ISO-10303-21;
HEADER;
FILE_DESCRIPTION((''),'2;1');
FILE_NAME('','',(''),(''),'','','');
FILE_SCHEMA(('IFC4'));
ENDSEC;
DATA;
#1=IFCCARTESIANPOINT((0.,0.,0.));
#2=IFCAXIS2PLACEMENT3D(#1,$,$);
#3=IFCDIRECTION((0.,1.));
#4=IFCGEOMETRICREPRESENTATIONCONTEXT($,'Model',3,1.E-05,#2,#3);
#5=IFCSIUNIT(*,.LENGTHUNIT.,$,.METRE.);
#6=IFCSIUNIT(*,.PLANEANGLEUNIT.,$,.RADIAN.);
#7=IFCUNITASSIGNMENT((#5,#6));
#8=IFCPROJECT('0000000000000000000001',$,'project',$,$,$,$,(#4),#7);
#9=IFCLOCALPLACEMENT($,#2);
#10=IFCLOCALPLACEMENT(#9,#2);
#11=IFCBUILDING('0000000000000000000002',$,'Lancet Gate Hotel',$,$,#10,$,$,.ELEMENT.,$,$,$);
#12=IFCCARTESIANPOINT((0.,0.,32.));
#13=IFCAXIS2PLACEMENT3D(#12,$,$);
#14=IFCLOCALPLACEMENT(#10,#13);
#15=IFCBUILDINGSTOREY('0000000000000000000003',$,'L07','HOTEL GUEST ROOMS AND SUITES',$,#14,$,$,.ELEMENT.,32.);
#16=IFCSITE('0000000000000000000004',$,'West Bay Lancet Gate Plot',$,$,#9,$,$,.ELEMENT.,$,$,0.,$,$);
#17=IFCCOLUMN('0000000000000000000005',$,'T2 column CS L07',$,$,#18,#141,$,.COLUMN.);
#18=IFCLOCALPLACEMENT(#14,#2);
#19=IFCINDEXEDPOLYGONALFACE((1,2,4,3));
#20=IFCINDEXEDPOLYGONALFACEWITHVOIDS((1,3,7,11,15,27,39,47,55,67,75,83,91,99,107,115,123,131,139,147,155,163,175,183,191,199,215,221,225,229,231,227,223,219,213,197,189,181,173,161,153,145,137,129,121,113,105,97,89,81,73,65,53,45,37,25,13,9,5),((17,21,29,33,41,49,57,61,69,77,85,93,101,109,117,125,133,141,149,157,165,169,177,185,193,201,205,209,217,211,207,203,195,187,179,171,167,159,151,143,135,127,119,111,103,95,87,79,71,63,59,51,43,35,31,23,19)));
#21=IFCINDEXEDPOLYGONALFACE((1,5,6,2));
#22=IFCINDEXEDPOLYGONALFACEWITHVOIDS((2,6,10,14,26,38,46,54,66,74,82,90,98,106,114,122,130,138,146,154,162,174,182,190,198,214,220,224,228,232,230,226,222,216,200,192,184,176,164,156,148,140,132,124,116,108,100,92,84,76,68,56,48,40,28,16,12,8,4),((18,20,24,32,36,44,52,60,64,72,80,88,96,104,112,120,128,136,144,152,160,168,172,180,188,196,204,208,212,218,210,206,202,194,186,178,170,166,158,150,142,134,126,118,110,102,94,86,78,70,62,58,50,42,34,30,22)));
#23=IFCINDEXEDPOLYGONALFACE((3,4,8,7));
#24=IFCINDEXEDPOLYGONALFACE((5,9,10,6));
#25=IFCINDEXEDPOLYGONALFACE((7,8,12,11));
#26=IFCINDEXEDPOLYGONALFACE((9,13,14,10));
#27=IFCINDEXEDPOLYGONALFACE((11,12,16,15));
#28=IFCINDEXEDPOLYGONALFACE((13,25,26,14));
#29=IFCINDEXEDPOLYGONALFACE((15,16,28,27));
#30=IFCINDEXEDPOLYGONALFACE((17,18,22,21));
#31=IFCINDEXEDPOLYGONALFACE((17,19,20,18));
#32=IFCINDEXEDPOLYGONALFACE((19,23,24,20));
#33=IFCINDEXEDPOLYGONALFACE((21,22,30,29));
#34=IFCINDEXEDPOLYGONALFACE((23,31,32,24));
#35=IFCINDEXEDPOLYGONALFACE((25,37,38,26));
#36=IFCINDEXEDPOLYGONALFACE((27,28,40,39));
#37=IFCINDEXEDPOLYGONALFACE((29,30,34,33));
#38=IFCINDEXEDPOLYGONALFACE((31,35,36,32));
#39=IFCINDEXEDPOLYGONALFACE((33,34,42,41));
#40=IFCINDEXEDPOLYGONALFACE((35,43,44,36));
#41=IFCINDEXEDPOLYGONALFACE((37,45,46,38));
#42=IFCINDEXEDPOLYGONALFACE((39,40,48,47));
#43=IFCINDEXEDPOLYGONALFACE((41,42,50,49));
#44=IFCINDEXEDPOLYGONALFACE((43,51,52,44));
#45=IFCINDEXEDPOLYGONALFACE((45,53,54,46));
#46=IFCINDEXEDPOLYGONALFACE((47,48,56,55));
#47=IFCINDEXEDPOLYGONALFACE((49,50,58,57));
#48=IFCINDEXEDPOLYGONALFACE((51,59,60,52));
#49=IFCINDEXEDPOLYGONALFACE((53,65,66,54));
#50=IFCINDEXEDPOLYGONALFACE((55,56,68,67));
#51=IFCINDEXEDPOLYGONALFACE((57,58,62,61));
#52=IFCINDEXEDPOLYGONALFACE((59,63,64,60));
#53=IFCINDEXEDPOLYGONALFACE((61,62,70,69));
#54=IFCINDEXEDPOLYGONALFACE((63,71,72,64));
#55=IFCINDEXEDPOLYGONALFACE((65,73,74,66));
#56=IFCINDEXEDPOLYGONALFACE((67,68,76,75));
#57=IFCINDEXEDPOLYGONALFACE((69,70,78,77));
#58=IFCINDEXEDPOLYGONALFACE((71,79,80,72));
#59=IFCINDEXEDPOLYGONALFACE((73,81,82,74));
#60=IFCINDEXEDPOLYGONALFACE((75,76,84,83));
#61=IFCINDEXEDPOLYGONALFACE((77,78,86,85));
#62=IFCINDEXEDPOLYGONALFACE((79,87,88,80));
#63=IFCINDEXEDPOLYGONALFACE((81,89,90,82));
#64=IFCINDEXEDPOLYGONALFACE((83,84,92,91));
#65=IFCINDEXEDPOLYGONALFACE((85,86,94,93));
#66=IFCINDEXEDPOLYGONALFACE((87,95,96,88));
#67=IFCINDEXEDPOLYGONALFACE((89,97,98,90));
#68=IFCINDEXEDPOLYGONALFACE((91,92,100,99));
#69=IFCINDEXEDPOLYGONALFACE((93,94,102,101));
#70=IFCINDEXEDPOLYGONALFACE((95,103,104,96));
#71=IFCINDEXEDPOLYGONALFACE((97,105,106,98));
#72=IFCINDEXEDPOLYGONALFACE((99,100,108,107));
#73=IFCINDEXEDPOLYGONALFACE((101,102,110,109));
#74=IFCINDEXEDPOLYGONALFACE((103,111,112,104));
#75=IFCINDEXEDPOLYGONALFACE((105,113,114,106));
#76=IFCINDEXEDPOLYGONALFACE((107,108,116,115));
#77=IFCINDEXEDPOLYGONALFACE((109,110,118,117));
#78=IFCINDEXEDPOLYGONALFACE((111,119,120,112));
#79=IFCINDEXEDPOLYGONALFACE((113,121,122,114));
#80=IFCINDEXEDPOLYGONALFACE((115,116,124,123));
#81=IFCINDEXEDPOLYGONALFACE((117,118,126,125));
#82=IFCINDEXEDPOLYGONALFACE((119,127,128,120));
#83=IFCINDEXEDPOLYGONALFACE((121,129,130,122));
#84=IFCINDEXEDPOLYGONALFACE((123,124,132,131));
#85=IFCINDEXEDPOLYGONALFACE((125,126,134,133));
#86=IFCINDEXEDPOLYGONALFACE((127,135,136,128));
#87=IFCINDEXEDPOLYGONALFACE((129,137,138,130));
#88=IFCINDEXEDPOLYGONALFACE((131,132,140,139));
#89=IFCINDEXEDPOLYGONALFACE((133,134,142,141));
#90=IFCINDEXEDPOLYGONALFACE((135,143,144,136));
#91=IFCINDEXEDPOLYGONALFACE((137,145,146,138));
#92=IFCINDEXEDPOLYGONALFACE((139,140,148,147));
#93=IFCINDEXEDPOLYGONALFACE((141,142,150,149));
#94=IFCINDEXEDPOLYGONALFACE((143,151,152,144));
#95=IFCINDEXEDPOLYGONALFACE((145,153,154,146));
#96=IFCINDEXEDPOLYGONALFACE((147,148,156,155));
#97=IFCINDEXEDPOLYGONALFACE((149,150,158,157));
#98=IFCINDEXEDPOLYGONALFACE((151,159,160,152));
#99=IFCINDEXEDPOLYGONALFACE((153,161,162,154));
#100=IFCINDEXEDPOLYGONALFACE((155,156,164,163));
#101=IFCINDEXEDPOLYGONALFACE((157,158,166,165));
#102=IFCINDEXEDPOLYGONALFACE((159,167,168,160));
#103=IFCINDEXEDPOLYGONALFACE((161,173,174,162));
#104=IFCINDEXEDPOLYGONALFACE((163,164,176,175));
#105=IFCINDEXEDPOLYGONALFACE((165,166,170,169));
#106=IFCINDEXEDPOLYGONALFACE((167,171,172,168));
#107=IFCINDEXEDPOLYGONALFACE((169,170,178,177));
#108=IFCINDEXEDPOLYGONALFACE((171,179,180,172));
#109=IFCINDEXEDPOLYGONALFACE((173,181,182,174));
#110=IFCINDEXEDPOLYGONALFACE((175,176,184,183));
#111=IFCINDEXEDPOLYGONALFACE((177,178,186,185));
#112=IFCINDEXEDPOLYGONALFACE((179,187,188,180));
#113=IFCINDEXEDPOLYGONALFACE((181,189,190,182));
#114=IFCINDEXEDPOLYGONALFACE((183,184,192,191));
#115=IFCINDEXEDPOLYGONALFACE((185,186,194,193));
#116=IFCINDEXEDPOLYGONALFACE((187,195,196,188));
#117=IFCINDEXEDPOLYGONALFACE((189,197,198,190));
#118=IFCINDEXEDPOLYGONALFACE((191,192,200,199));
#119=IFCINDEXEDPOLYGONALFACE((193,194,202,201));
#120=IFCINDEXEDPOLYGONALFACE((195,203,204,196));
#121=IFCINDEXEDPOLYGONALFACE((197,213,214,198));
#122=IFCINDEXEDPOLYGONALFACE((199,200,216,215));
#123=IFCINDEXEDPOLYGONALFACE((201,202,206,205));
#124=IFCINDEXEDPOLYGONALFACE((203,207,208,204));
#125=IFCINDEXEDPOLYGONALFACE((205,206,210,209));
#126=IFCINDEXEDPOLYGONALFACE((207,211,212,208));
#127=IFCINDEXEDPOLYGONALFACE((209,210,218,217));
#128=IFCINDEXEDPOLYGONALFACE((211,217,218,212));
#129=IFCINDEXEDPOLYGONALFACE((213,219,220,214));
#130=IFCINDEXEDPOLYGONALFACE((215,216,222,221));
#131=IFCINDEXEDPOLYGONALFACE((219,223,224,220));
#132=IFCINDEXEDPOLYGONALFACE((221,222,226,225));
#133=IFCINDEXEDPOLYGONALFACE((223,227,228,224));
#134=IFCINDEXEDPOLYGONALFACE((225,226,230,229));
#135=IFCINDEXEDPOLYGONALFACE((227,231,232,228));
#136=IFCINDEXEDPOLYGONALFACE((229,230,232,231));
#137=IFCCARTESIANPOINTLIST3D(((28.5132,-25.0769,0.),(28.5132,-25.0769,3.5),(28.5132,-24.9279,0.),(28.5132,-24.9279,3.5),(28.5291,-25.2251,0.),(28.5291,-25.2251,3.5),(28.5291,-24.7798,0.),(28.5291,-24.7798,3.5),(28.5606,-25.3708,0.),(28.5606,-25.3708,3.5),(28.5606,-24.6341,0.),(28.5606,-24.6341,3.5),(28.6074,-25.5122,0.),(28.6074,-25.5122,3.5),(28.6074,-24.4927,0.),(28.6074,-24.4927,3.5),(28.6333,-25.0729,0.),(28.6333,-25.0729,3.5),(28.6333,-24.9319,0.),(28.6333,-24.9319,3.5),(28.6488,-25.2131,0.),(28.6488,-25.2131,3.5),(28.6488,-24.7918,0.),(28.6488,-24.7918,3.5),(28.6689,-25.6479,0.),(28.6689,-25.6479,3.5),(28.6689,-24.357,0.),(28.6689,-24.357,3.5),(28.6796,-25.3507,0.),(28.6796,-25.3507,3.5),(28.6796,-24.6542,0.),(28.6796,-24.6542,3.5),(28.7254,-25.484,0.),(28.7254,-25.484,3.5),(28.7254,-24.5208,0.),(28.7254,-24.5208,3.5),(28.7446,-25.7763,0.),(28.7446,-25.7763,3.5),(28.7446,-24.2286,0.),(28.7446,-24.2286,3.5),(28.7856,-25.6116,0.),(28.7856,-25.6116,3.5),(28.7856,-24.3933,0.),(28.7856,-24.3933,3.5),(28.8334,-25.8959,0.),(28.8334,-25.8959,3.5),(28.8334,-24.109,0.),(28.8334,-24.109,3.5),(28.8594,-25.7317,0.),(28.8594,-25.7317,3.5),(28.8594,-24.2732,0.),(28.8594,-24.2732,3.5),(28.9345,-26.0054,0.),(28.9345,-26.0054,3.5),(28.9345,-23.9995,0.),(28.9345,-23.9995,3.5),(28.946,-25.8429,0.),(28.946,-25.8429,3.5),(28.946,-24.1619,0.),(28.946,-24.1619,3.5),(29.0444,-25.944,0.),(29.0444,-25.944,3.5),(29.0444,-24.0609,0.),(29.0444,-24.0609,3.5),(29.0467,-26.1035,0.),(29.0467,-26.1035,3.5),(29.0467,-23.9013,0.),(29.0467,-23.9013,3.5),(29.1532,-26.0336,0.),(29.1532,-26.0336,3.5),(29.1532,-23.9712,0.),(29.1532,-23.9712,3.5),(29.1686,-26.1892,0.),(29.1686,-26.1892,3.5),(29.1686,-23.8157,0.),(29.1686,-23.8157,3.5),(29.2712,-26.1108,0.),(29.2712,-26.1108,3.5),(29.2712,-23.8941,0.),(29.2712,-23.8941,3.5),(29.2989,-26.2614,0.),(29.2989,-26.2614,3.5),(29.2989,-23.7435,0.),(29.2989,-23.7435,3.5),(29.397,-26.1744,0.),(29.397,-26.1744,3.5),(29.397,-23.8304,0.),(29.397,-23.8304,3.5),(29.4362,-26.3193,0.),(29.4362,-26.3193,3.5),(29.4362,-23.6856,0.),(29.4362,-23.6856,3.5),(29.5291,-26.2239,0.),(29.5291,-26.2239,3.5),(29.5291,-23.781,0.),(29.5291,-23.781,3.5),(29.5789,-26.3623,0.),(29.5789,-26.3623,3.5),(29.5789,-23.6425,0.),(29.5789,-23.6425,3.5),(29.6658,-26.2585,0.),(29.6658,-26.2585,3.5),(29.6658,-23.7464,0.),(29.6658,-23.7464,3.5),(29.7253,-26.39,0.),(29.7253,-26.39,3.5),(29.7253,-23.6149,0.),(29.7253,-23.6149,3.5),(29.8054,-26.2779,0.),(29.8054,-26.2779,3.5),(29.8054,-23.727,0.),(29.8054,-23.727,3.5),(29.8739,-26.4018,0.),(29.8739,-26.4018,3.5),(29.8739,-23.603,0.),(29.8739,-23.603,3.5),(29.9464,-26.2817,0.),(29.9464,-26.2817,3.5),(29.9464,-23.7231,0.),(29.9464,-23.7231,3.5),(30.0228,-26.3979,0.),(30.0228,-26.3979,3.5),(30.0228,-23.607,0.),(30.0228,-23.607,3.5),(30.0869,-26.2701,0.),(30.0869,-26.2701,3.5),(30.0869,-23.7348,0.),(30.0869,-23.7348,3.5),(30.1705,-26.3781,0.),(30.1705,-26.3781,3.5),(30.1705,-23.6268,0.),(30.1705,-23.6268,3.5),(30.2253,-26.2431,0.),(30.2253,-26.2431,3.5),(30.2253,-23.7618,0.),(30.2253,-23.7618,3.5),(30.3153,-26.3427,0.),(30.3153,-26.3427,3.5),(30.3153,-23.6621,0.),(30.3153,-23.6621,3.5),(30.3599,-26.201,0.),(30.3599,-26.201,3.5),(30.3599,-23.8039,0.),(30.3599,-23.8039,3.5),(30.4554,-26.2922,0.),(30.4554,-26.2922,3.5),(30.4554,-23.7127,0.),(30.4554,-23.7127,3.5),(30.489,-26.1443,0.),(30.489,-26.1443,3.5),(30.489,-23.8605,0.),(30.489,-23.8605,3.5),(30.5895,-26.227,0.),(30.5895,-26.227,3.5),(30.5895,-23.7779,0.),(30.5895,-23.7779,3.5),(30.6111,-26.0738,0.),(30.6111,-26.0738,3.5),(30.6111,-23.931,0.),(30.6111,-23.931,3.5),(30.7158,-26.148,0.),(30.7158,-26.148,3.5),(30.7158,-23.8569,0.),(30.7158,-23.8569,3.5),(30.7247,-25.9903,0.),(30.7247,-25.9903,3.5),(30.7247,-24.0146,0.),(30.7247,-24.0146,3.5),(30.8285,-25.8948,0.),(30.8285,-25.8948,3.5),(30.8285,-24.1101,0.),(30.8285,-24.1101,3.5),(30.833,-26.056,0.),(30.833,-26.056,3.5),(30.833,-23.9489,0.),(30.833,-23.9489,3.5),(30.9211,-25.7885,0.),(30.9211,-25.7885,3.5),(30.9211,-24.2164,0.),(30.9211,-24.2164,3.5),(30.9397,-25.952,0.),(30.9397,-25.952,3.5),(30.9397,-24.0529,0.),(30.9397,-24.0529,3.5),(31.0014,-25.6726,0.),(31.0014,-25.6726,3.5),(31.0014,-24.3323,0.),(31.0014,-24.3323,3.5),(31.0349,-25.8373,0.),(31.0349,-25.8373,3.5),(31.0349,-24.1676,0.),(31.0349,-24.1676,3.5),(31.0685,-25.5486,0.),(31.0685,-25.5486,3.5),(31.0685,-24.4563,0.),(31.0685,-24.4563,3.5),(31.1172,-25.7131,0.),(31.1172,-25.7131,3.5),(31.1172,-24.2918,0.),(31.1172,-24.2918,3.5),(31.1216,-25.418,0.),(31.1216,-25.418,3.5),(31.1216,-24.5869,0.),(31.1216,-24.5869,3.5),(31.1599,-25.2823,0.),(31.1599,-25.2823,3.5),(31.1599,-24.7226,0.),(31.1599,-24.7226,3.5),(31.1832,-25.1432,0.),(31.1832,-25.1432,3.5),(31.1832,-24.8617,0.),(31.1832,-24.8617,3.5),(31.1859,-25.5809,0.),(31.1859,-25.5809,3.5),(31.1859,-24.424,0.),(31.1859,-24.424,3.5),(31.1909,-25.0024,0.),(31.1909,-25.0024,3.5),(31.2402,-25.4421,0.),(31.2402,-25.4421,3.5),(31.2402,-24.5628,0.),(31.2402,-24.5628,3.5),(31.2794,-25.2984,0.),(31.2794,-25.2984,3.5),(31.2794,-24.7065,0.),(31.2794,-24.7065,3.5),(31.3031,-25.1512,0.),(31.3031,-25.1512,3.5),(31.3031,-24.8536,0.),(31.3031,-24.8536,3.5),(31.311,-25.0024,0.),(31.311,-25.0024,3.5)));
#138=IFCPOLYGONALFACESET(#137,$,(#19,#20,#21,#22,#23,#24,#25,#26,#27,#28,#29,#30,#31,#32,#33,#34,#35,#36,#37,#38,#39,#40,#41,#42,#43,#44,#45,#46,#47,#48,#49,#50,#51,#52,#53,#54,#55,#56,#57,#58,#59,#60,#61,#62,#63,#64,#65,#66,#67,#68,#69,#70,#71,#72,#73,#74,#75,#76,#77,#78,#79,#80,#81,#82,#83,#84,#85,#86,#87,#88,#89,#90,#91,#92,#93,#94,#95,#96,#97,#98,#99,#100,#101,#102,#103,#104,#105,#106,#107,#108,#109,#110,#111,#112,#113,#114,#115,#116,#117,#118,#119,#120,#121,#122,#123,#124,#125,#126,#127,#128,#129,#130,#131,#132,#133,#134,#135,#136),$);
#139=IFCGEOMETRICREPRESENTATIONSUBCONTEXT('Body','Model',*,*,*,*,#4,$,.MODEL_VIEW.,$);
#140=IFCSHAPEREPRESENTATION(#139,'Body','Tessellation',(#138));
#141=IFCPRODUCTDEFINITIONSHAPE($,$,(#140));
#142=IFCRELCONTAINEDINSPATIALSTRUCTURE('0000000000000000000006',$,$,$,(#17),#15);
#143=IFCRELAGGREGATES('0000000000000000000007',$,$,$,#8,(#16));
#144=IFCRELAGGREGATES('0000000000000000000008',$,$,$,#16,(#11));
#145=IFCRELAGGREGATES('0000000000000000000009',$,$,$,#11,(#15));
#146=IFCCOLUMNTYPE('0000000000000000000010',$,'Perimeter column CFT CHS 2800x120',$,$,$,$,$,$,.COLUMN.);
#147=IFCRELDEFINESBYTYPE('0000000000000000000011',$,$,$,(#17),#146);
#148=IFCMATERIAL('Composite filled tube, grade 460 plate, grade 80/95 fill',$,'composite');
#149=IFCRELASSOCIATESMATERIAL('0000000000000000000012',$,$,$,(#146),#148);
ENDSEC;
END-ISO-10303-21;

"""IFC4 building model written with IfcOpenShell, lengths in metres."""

from ifc_helpers import new_model, si_unit, direction, frame, origin, origin_2d, place, context, subcontext, project, spatial, hollow_circle, extrude, material, material_profile, profile_set, type_object, element, save


model = new_model("IFC4")

# Units and contexts
model_context = context("Model", 3, precision=1e-05, world=origin(), true_north=direction((0.0, 1.0)))
body_context = subcontext(model_context, "Body", "Model", "MODEL_VIEW")
ifc_project = project(units=[si_unit("LENGTHUNIT", "METRE"), si_unit("PLANEANGLEUNIT", "RADIAN")], contexts=[model_context])

# Site, building, storey
site_placement = place(None, origin())
site = spatial("IfcSite", under=ifc_project, at=site_placement, Name="West Bay Lancet Gate Plot", CompositionType="ELEMENT", RefElevation=0.0)
building_placement = place(site_placement, origin())
building = spatial("IfcBuilding", under=site, at=building_placement, Name="Lancet Gate Hotel", CompositionType="ELEMENT")
storey_placement = place(building_placement, frame((0.0, 0.0, 32.0)))
storey = spatial("IfcBuildingStorey", under=building, at=storey_placement, Name="L07", Description="HOTEL GUEST ROOMS AND SUITES", CompositionType="ELEMENT", Elevation=32.0)

# Column
ifc_material_1 = material(Name="Composite filled tube, grade 460 plate, grade 80/95 fill", Category="composite")
ifc_material_profile_1 = material_profile(ifc_material_1, hollow_circle(Radius=1.3999, WallThickness=0.1201, at=origin_2d()), Name="CHS 2800x120")
ifc_profile_set_1 = profile_set([ifc_material_profile_1], Name="Composite filled tube, grade 460 plate, grade 80/95 fill")
column_type = type_object("IfcColumnType", Name="Perimeter column CFT CHS 2800x120", PredefinedType="COLUMN", material=ifc_profile_set_1)
for number, where, z_axis, x_axis, name in (
    (1, (29.9111, -25.0024, 0.0), (0.0, 0.0, 1.0), (1.0, 0.0, 0.0), "T2 column CS L07"),
):
    element("IfcColumn", number, at=place(storey_placement, frame(where, z_axis=z_axis, x_axis=x_axis)), inside=storey, type_object=column_type, Name=name, PredefinedType="COLUMN", context=body_context, shape_type="SweptSolid", body=[
        extrude(hollow_circle(Radius=1.3999, WallThickness=0.1201, at=origin_2d()), origin(), (0.0, 0.0, 1.0), 3.5),
    ])

save(model, "model.ifc")
